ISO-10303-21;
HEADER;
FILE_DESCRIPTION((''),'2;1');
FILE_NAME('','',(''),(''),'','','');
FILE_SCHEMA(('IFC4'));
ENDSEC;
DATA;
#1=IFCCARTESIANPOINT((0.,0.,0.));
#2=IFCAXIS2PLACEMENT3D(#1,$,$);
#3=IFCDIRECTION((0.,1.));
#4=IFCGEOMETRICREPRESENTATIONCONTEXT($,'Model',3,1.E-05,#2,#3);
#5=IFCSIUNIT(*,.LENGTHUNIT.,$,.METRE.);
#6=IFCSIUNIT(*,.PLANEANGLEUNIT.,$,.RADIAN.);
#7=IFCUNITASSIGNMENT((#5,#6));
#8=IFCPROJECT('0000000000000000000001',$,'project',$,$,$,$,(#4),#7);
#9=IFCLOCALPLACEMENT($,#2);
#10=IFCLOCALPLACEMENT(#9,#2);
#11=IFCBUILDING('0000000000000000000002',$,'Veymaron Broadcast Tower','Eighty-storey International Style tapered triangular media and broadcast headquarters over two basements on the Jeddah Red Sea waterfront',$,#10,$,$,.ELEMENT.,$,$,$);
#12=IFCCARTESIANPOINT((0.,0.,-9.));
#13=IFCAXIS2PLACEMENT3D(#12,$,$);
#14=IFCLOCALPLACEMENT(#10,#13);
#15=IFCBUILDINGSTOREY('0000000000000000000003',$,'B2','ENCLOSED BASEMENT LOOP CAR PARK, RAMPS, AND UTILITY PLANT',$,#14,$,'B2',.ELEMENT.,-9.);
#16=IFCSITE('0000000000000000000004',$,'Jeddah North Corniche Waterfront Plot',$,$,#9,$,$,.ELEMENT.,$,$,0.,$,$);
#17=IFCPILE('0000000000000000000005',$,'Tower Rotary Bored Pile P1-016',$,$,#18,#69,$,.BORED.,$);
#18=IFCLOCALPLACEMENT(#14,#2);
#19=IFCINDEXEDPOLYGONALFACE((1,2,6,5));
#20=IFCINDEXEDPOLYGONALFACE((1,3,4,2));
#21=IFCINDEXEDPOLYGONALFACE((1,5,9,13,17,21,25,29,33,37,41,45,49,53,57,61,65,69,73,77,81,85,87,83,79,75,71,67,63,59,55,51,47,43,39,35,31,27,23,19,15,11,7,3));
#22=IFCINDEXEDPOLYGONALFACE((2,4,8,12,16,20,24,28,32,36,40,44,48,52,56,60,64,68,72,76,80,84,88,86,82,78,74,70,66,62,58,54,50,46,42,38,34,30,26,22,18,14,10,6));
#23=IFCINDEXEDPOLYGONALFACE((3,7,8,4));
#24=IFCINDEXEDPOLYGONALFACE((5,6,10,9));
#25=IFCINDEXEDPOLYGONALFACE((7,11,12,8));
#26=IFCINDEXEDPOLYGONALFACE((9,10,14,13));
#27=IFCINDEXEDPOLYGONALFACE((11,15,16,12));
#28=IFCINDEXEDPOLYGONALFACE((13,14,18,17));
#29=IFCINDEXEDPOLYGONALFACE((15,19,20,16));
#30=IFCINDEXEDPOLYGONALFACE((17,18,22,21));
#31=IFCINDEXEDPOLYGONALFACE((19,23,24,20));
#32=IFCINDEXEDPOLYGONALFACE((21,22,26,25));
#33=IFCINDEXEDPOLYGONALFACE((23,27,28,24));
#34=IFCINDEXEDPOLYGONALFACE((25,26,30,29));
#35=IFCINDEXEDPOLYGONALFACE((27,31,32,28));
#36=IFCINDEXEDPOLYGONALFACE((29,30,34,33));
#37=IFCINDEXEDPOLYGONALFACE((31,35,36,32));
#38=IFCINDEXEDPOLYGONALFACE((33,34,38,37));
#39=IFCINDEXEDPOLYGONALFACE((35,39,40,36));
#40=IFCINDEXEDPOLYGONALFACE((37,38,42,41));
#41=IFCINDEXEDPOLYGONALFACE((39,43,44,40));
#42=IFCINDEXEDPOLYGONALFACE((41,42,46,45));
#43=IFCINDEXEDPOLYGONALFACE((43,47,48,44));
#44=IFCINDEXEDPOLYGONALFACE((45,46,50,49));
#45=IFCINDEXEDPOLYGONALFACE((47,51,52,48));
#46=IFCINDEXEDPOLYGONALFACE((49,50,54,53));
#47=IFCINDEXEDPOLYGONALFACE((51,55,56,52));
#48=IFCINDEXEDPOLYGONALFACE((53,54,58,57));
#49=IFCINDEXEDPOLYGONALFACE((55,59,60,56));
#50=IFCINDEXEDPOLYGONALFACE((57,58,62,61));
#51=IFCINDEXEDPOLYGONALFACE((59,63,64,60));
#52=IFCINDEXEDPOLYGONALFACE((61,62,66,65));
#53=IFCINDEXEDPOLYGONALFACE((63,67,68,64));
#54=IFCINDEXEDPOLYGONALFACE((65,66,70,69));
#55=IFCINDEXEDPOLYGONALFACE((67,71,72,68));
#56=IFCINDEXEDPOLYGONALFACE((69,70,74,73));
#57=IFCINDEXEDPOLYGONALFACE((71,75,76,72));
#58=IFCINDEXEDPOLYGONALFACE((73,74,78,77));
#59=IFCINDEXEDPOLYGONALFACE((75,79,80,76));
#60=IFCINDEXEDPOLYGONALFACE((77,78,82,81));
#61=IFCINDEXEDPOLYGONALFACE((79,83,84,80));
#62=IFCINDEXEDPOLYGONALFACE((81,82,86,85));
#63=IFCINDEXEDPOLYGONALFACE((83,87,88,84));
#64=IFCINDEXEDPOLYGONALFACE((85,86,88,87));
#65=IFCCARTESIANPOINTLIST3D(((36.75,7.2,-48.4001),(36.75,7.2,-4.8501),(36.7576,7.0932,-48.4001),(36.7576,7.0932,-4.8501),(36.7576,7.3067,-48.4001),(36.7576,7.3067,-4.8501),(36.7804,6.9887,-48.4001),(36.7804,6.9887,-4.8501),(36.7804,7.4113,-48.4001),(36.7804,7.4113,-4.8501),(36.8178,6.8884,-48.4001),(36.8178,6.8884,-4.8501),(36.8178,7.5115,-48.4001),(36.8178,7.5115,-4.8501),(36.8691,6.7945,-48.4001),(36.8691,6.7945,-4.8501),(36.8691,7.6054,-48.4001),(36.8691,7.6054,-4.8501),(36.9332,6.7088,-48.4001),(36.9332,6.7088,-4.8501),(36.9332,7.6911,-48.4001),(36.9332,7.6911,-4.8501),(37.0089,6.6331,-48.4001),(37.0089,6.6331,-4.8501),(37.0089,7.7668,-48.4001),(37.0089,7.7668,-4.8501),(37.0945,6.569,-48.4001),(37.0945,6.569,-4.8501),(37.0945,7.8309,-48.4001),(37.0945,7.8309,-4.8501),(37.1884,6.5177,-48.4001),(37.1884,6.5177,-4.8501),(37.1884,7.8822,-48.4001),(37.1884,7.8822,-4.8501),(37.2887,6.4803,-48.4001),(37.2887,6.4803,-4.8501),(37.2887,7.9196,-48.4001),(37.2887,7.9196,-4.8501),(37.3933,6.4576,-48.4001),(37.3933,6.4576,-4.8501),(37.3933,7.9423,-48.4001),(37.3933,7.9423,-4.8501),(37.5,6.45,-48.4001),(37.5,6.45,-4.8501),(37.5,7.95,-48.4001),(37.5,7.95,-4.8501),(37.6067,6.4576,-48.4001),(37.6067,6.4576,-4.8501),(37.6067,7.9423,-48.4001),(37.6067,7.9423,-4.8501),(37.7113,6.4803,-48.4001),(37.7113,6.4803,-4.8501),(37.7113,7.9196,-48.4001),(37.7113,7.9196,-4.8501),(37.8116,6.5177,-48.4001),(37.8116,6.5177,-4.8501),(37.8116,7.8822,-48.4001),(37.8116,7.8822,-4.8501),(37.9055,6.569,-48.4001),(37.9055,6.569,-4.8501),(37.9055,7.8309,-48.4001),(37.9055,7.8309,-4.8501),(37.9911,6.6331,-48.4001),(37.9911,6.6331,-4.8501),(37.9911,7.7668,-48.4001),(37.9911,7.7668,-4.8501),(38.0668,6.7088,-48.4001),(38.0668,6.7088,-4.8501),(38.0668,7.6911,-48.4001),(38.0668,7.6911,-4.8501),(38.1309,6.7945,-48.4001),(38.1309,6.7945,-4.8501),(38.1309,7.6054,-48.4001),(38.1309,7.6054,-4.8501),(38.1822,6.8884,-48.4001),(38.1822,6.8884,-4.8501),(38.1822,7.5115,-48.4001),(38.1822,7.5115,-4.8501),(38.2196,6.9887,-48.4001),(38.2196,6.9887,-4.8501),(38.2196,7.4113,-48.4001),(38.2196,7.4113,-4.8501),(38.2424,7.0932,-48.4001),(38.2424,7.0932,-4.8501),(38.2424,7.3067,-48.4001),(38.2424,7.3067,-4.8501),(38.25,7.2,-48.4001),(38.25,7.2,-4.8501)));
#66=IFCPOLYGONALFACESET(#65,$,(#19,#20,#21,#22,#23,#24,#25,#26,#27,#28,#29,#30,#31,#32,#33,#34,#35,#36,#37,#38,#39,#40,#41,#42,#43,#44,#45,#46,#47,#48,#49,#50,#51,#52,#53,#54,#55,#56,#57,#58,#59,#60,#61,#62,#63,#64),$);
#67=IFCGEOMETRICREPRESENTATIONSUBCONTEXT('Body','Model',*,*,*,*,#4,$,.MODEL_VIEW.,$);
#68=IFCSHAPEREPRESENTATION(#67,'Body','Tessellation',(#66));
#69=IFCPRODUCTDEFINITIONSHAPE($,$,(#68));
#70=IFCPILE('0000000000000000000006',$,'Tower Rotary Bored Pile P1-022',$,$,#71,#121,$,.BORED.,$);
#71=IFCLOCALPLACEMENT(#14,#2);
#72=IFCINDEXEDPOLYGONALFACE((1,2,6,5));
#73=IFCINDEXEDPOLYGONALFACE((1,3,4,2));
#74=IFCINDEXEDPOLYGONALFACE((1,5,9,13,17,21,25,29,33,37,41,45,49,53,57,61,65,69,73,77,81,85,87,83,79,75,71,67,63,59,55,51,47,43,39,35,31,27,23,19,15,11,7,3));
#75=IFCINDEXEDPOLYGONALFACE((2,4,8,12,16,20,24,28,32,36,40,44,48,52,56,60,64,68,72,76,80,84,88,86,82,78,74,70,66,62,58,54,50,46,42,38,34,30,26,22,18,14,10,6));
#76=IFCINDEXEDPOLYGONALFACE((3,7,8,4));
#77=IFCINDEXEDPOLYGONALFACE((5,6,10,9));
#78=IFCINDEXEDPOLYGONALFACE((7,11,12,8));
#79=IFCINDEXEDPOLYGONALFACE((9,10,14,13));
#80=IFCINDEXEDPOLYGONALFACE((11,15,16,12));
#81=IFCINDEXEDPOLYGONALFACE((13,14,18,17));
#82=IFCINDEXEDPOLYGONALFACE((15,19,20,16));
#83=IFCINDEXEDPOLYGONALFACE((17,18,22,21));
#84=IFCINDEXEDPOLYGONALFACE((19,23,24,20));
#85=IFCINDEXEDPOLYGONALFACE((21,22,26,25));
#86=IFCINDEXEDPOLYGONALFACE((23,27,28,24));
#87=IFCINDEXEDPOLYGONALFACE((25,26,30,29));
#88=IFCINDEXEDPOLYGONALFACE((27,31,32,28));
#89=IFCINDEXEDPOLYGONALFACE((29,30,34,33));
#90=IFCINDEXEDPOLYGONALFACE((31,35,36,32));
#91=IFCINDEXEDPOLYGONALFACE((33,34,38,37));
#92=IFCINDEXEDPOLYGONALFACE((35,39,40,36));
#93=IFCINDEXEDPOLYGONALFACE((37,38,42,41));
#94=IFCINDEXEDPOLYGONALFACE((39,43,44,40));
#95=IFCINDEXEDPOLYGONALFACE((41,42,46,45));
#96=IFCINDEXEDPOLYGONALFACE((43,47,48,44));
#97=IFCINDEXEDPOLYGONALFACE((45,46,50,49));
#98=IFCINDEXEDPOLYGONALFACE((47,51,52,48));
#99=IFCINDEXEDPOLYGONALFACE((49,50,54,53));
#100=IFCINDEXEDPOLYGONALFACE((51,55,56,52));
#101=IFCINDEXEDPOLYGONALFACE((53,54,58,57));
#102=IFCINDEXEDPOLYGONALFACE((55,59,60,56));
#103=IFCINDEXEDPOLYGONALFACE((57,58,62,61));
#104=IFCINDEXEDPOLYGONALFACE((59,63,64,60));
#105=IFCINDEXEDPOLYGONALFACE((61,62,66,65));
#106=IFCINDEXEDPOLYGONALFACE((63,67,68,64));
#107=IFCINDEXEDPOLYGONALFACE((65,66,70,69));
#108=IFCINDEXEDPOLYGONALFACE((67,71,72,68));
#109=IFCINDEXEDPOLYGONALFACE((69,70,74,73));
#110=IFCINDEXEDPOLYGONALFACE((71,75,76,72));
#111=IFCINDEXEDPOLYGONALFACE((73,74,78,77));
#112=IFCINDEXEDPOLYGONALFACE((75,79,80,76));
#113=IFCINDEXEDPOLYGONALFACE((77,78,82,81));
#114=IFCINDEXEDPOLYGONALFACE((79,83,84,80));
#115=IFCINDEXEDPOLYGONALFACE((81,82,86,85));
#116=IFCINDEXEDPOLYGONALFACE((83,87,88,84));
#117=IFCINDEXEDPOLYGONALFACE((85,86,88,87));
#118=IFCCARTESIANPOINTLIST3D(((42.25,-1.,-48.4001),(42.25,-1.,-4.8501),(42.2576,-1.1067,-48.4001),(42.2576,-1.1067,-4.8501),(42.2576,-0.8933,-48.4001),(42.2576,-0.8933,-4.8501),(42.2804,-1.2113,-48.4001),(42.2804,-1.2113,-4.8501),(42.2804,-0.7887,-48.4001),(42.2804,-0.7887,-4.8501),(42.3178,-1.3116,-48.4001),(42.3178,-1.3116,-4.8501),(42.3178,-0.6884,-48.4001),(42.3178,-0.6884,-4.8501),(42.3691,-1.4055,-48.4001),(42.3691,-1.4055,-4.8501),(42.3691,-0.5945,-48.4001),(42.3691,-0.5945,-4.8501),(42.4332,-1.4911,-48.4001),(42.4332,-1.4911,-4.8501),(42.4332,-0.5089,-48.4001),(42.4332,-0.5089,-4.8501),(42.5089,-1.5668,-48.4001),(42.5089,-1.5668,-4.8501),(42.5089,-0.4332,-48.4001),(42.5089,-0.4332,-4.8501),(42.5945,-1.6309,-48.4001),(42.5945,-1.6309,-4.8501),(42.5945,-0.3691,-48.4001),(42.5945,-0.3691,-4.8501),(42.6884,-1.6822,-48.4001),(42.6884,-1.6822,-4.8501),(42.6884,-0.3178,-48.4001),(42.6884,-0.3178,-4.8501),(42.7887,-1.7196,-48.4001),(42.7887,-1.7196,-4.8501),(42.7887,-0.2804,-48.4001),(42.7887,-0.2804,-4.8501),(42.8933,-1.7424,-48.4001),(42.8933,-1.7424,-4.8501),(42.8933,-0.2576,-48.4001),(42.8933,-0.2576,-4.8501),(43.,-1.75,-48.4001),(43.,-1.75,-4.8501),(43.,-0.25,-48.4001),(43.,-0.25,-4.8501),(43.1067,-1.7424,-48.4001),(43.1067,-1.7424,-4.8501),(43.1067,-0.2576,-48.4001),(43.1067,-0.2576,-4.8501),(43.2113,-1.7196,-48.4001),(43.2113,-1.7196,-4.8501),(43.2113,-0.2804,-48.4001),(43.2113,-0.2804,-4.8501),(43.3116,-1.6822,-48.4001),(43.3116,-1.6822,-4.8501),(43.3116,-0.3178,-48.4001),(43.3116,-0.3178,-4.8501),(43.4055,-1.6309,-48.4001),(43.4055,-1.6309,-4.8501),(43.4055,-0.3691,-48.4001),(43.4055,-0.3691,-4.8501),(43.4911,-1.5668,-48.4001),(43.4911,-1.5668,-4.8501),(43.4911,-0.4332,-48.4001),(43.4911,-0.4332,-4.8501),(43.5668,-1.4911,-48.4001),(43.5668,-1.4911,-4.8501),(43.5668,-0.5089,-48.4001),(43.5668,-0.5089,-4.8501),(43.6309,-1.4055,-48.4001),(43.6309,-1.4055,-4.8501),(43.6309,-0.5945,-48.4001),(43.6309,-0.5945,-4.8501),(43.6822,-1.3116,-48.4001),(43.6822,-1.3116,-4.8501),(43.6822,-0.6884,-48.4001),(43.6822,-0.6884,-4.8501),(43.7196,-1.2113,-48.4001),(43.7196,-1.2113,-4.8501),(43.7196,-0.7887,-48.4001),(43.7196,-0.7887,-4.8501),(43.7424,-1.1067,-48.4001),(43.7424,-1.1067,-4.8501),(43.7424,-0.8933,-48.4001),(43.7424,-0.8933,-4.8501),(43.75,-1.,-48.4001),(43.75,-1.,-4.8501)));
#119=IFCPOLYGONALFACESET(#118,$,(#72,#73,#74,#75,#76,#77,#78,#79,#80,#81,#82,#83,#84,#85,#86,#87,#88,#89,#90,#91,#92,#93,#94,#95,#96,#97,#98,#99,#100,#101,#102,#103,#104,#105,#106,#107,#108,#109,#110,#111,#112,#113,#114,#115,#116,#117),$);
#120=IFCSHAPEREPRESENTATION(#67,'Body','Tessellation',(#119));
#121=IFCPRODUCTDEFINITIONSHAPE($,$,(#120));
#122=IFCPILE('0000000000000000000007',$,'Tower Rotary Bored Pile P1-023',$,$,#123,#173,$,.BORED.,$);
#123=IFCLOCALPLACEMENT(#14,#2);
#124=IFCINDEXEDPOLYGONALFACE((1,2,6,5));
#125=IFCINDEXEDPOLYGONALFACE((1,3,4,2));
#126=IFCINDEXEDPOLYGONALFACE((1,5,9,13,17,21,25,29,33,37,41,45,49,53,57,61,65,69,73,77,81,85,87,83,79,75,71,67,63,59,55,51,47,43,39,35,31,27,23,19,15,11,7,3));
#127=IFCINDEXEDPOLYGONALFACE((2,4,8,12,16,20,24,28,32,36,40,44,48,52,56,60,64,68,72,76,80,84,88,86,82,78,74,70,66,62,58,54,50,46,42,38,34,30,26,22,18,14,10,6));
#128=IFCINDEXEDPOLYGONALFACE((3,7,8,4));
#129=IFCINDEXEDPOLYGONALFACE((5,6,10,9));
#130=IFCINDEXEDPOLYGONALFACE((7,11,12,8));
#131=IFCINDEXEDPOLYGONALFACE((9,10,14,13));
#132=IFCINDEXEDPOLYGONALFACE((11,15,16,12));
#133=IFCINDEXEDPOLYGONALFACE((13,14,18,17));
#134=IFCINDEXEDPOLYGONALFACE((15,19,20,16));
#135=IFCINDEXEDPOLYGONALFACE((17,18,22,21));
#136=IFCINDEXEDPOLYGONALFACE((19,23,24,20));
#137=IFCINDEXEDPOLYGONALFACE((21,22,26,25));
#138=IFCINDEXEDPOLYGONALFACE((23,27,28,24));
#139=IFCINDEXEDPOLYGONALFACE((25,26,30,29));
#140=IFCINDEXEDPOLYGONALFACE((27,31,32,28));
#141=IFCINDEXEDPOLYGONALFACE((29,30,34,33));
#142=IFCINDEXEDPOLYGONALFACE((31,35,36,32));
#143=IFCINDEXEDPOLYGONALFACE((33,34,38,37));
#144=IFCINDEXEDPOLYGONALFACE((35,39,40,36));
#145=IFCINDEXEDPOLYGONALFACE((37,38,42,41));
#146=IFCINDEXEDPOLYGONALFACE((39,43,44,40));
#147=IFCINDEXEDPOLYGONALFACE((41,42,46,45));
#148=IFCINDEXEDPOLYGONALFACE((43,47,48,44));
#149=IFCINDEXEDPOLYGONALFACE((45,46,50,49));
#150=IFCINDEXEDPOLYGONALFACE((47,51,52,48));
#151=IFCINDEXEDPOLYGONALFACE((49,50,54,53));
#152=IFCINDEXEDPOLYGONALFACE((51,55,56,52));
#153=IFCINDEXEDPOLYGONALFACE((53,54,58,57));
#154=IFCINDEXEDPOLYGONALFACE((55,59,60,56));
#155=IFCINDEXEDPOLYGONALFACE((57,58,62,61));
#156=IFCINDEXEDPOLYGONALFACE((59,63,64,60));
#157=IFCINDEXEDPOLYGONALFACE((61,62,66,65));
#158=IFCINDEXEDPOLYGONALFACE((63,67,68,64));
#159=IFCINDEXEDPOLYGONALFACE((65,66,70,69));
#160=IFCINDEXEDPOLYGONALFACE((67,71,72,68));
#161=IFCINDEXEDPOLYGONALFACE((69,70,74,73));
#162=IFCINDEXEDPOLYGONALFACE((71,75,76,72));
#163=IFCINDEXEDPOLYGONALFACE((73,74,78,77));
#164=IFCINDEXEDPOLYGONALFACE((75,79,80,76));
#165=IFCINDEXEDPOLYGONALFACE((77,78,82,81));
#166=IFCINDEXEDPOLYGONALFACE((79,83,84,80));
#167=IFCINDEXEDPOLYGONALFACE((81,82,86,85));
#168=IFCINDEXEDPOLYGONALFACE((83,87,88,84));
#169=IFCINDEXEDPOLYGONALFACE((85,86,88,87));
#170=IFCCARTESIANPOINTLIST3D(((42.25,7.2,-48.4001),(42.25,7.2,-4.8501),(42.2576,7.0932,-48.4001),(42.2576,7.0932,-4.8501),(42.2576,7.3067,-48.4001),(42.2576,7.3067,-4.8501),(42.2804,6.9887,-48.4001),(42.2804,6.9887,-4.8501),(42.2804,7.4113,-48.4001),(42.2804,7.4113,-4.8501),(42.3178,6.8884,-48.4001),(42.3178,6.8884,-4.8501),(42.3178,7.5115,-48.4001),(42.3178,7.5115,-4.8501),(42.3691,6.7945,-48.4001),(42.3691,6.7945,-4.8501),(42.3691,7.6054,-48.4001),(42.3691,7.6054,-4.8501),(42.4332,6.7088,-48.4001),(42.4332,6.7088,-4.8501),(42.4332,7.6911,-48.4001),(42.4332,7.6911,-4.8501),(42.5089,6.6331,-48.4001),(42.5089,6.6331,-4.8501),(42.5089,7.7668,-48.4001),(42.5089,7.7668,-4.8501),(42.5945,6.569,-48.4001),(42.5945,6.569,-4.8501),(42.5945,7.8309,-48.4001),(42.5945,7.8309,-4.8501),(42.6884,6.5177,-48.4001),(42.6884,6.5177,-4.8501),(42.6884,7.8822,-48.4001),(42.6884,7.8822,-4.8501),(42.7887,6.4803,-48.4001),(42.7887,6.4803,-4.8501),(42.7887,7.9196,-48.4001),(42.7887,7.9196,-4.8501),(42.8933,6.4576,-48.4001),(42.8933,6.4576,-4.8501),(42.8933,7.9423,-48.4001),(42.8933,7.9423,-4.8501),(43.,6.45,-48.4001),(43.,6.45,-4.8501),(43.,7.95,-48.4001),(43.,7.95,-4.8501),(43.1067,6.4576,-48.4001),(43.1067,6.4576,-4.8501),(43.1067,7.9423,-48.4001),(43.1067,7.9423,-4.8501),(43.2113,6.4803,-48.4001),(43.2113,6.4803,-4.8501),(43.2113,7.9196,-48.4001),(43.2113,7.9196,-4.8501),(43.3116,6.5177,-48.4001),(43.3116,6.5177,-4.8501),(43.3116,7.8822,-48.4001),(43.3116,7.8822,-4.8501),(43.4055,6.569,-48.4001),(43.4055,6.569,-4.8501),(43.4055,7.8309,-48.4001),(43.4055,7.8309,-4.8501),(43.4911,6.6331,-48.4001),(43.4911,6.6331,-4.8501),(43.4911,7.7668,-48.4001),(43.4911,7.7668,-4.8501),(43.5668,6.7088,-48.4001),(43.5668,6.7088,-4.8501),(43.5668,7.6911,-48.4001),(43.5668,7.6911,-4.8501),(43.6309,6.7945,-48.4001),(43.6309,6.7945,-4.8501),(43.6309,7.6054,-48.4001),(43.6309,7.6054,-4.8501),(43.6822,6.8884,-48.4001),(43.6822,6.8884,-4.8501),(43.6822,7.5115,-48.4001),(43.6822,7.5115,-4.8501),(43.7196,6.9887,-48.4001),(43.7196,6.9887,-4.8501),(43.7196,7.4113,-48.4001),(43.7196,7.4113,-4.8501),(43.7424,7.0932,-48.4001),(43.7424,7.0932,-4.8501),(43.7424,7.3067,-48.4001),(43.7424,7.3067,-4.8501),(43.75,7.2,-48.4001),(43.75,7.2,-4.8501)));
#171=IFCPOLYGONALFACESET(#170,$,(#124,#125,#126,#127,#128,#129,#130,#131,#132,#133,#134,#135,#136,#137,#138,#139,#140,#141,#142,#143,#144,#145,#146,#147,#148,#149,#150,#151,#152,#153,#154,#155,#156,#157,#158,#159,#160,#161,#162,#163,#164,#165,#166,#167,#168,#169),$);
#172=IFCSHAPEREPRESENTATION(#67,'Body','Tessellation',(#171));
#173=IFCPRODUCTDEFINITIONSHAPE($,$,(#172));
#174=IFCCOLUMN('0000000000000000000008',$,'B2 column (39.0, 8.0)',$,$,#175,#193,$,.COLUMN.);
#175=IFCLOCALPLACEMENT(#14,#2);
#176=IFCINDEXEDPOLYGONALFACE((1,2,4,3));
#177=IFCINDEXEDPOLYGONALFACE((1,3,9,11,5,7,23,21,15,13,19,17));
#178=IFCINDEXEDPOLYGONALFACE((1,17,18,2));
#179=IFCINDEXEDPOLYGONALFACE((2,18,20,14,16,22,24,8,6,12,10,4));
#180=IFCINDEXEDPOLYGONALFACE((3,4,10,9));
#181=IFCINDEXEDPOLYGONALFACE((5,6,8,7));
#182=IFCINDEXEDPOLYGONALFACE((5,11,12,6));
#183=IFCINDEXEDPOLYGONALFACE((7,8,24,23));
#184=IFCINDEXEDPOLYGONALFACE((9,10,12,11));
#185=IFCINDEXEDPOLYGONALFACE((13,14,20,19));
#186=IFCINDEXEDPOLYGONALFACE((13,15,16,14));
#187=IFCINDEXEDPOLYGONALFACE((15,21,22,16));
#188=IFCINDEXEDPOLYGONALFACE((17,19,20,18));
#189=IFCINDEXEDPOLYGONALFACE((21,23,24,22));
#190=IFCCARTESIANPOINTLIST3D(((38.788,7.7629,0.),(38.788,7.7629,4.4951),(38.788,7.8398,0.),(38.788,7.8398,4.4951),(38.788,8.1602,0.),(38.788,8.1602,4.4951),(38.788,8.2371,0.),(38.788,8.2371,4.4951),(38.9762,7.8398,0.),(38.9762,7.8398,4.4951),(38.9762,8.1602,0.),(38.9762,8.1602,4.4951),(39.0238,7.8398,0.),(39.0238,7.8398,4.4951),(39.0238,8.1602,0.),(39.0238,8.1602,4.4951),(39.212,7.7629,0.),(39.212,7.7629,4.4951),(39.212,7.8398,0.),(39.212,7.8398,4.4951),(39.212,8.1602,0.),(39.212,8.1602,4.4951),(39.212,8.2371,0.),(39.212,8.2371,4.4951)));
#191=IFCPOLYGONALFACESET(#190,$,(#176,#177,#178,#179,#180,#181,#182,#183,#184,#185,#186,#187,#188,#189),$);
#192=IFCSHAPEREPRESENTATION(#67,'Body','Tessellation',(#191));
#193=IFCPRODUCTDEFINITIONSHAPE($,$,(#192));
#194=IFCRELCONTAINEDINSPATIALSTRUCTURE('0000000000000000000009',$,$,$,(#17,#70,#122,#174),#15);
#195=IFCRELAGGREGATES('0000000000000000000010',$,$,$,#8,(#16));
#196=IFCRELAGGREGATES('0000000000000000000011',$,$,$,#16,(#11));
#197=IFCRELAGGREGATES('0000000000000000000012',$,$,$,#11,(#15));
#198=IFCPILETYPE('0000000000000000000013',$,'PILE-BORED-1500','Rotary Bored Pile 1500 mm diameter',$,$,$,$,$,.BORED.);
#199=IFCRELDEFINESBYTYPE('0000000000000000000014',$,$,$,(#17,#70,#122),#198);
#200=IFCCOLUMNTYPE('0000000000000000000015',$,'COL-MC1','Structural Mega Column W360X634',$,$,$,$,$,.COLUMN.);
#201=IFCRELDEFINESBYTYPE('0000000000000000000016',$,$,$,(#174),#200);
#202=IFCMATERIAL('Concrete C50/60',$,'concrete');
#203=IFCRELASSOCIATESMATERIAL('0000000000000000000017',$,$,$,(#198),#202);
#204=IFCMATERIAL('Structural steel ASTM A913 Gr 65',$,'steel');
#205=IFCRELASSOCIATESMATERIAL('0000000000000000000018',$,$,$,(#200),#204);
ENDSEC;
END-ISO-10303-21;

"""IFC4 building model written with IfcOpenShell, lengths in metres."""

from ifc_helpers import new_model, si_unit, direction, frame, origin, origin_2d, place, context, subcontext, project, spatial, circle, i_section, extrude, material, material_profile, profile_set, type_object, element, save


model = new_model("IFC4")

# Units and contexts
model_context = context("Model", 3, precision=1e-05, world=origin(), true_north=direction((0.0, 1.0)))
body_context = subcontext(model_context, "Body", "Model", "MODEL_VIEW")
ifc_project = project(units=[si_unit("LENGTHUNIT", "METRE"), si_unit("PLANEANGLEUNIT", "RADIAN")], contexts=[model_context])

# Site, building, storey
site_placement = place(None, origin())
site = spatial("IfcSite", under=ifc_project, at=site_placement, Name="Jeddah North Corniche Waterfront Plot", CompositionType="ELEMENT", RefElevation=0.0)
building_placement = place(site_placement, origin())
building = spatial("IfcBuilding", under=site, at=building_placement, Name="Veymaron Broadcast Tower", Description="Eighty-storey International Style tapered triangular media and broadcast headquarters over two basements on the Jeddah Red Sea waterfront", CompositionType="ELEMENT")
storey_placement = place(building_placement, frame((0.0, 0.0, -9.0)))
storey = spatial("IfcBuildingStorey", under=building, at=storey_placement, Name="B2", Description="ENCLOSED BASEMENT LOOP CAR PARK, RAMPS, AND UTILITY PLANT", LongName="B2", CompositionType="ELEMENT", Elevation=-9.0)

# Piles
ifc_material_1 = material(Name="Concrete C50/60", Category="concrete")
ifc_material_profile_1 = material_profile(ifc_material_1, circle(Radius=0.75, at=origin_2d()), Name="PILE1500")
ifc_profile_set_1 = profile_set([ifc_material_profile_1], Name="Concrete C50/60")
pile_type = type_object("IfcPileType", Name="PILE-BORED-1500", Description="Rotary Bored Pile 1500 mm diameter", PredefinedType="BORED", material=ifc_profile_set_1)
for number, where, z_axis, x_axis, name in (
    (1, (37.5, 7.2, -4.8501), (0.0, 0.0, -1.0), (1.0, 0.0, 0.0), "Tower Rotary Bored Pile P1-016"),
    (2, (43.0, -1.0, -4.8501), (0.0, 0.0, -1.0), (1.0, 0.0, 0.0), "Tower Rotary Bored Pile P1-022"),
    (3, (43.0, 7.2, -4.8501), (0.0, 0.0, -1.0), (1.0, 0.0, 0.0), "Tower Rotary Bored Pile P1-023"),
):
    element("IfcPile", number, at=place(storey_placement, frame(where, z_axis=z_axis, x_axis=x_axis)), inside=storey, type_object=pile_type, Name=name, PredefinedType="BORED", context=body_context, shape_type="SweptSolid", body=[
        extrude(circle(Radius=0.75, at=origin_2d()), origin(), (0.0, 0.0, 1.0), 43.55),
    ])

# Column
ifc_material_2 = material(Name="Structural steel ASTM A913 Gr 65", Category="steel")
ifc_material_profile_2 = material_profile(ifc_material_2, i_section(OverallWidth=0.4241, OverallDepth=0.4741, WebThickness=0.0476, FlangeThickness=0.0769, at=origin_2d()), Name="W360X634")
ifc_profile_set_2 = profile_set([ifc_material_profile_2], Name="Structural steel ASTM A913 Gr 65")
column_type_1 = type_object("IfcColumnType", Name="COL-MC1", Description="Structural Mega Column W360X634", PredefinedType="COLUMN", material=ifc_profile_set_2)
column_placement = place(storey_placement, frame((39.0, 8.0, 0.0), z_axis=(0.0, 0.0, 1.0), x_axis=(1.0, 0.0, 0.0)))
element("IfcColumn", 4, at=column_placement, inside=storey, type_object=column_type_1, Name="B2 column (39.0, 8.0)", PredefinedType="COLUMN", context=body_context, shape_type="SweptSolid", body=[
    extrude(i_section(OverallWidth=0.4241, OverallDepth=0.4741, WebThickness=0.0476, FlangeThickness=0.0769, at=origin_2d()), origin(), (0.0, 0.0, 1.0), 4.4951),
])

save(model, "model.ifc")
